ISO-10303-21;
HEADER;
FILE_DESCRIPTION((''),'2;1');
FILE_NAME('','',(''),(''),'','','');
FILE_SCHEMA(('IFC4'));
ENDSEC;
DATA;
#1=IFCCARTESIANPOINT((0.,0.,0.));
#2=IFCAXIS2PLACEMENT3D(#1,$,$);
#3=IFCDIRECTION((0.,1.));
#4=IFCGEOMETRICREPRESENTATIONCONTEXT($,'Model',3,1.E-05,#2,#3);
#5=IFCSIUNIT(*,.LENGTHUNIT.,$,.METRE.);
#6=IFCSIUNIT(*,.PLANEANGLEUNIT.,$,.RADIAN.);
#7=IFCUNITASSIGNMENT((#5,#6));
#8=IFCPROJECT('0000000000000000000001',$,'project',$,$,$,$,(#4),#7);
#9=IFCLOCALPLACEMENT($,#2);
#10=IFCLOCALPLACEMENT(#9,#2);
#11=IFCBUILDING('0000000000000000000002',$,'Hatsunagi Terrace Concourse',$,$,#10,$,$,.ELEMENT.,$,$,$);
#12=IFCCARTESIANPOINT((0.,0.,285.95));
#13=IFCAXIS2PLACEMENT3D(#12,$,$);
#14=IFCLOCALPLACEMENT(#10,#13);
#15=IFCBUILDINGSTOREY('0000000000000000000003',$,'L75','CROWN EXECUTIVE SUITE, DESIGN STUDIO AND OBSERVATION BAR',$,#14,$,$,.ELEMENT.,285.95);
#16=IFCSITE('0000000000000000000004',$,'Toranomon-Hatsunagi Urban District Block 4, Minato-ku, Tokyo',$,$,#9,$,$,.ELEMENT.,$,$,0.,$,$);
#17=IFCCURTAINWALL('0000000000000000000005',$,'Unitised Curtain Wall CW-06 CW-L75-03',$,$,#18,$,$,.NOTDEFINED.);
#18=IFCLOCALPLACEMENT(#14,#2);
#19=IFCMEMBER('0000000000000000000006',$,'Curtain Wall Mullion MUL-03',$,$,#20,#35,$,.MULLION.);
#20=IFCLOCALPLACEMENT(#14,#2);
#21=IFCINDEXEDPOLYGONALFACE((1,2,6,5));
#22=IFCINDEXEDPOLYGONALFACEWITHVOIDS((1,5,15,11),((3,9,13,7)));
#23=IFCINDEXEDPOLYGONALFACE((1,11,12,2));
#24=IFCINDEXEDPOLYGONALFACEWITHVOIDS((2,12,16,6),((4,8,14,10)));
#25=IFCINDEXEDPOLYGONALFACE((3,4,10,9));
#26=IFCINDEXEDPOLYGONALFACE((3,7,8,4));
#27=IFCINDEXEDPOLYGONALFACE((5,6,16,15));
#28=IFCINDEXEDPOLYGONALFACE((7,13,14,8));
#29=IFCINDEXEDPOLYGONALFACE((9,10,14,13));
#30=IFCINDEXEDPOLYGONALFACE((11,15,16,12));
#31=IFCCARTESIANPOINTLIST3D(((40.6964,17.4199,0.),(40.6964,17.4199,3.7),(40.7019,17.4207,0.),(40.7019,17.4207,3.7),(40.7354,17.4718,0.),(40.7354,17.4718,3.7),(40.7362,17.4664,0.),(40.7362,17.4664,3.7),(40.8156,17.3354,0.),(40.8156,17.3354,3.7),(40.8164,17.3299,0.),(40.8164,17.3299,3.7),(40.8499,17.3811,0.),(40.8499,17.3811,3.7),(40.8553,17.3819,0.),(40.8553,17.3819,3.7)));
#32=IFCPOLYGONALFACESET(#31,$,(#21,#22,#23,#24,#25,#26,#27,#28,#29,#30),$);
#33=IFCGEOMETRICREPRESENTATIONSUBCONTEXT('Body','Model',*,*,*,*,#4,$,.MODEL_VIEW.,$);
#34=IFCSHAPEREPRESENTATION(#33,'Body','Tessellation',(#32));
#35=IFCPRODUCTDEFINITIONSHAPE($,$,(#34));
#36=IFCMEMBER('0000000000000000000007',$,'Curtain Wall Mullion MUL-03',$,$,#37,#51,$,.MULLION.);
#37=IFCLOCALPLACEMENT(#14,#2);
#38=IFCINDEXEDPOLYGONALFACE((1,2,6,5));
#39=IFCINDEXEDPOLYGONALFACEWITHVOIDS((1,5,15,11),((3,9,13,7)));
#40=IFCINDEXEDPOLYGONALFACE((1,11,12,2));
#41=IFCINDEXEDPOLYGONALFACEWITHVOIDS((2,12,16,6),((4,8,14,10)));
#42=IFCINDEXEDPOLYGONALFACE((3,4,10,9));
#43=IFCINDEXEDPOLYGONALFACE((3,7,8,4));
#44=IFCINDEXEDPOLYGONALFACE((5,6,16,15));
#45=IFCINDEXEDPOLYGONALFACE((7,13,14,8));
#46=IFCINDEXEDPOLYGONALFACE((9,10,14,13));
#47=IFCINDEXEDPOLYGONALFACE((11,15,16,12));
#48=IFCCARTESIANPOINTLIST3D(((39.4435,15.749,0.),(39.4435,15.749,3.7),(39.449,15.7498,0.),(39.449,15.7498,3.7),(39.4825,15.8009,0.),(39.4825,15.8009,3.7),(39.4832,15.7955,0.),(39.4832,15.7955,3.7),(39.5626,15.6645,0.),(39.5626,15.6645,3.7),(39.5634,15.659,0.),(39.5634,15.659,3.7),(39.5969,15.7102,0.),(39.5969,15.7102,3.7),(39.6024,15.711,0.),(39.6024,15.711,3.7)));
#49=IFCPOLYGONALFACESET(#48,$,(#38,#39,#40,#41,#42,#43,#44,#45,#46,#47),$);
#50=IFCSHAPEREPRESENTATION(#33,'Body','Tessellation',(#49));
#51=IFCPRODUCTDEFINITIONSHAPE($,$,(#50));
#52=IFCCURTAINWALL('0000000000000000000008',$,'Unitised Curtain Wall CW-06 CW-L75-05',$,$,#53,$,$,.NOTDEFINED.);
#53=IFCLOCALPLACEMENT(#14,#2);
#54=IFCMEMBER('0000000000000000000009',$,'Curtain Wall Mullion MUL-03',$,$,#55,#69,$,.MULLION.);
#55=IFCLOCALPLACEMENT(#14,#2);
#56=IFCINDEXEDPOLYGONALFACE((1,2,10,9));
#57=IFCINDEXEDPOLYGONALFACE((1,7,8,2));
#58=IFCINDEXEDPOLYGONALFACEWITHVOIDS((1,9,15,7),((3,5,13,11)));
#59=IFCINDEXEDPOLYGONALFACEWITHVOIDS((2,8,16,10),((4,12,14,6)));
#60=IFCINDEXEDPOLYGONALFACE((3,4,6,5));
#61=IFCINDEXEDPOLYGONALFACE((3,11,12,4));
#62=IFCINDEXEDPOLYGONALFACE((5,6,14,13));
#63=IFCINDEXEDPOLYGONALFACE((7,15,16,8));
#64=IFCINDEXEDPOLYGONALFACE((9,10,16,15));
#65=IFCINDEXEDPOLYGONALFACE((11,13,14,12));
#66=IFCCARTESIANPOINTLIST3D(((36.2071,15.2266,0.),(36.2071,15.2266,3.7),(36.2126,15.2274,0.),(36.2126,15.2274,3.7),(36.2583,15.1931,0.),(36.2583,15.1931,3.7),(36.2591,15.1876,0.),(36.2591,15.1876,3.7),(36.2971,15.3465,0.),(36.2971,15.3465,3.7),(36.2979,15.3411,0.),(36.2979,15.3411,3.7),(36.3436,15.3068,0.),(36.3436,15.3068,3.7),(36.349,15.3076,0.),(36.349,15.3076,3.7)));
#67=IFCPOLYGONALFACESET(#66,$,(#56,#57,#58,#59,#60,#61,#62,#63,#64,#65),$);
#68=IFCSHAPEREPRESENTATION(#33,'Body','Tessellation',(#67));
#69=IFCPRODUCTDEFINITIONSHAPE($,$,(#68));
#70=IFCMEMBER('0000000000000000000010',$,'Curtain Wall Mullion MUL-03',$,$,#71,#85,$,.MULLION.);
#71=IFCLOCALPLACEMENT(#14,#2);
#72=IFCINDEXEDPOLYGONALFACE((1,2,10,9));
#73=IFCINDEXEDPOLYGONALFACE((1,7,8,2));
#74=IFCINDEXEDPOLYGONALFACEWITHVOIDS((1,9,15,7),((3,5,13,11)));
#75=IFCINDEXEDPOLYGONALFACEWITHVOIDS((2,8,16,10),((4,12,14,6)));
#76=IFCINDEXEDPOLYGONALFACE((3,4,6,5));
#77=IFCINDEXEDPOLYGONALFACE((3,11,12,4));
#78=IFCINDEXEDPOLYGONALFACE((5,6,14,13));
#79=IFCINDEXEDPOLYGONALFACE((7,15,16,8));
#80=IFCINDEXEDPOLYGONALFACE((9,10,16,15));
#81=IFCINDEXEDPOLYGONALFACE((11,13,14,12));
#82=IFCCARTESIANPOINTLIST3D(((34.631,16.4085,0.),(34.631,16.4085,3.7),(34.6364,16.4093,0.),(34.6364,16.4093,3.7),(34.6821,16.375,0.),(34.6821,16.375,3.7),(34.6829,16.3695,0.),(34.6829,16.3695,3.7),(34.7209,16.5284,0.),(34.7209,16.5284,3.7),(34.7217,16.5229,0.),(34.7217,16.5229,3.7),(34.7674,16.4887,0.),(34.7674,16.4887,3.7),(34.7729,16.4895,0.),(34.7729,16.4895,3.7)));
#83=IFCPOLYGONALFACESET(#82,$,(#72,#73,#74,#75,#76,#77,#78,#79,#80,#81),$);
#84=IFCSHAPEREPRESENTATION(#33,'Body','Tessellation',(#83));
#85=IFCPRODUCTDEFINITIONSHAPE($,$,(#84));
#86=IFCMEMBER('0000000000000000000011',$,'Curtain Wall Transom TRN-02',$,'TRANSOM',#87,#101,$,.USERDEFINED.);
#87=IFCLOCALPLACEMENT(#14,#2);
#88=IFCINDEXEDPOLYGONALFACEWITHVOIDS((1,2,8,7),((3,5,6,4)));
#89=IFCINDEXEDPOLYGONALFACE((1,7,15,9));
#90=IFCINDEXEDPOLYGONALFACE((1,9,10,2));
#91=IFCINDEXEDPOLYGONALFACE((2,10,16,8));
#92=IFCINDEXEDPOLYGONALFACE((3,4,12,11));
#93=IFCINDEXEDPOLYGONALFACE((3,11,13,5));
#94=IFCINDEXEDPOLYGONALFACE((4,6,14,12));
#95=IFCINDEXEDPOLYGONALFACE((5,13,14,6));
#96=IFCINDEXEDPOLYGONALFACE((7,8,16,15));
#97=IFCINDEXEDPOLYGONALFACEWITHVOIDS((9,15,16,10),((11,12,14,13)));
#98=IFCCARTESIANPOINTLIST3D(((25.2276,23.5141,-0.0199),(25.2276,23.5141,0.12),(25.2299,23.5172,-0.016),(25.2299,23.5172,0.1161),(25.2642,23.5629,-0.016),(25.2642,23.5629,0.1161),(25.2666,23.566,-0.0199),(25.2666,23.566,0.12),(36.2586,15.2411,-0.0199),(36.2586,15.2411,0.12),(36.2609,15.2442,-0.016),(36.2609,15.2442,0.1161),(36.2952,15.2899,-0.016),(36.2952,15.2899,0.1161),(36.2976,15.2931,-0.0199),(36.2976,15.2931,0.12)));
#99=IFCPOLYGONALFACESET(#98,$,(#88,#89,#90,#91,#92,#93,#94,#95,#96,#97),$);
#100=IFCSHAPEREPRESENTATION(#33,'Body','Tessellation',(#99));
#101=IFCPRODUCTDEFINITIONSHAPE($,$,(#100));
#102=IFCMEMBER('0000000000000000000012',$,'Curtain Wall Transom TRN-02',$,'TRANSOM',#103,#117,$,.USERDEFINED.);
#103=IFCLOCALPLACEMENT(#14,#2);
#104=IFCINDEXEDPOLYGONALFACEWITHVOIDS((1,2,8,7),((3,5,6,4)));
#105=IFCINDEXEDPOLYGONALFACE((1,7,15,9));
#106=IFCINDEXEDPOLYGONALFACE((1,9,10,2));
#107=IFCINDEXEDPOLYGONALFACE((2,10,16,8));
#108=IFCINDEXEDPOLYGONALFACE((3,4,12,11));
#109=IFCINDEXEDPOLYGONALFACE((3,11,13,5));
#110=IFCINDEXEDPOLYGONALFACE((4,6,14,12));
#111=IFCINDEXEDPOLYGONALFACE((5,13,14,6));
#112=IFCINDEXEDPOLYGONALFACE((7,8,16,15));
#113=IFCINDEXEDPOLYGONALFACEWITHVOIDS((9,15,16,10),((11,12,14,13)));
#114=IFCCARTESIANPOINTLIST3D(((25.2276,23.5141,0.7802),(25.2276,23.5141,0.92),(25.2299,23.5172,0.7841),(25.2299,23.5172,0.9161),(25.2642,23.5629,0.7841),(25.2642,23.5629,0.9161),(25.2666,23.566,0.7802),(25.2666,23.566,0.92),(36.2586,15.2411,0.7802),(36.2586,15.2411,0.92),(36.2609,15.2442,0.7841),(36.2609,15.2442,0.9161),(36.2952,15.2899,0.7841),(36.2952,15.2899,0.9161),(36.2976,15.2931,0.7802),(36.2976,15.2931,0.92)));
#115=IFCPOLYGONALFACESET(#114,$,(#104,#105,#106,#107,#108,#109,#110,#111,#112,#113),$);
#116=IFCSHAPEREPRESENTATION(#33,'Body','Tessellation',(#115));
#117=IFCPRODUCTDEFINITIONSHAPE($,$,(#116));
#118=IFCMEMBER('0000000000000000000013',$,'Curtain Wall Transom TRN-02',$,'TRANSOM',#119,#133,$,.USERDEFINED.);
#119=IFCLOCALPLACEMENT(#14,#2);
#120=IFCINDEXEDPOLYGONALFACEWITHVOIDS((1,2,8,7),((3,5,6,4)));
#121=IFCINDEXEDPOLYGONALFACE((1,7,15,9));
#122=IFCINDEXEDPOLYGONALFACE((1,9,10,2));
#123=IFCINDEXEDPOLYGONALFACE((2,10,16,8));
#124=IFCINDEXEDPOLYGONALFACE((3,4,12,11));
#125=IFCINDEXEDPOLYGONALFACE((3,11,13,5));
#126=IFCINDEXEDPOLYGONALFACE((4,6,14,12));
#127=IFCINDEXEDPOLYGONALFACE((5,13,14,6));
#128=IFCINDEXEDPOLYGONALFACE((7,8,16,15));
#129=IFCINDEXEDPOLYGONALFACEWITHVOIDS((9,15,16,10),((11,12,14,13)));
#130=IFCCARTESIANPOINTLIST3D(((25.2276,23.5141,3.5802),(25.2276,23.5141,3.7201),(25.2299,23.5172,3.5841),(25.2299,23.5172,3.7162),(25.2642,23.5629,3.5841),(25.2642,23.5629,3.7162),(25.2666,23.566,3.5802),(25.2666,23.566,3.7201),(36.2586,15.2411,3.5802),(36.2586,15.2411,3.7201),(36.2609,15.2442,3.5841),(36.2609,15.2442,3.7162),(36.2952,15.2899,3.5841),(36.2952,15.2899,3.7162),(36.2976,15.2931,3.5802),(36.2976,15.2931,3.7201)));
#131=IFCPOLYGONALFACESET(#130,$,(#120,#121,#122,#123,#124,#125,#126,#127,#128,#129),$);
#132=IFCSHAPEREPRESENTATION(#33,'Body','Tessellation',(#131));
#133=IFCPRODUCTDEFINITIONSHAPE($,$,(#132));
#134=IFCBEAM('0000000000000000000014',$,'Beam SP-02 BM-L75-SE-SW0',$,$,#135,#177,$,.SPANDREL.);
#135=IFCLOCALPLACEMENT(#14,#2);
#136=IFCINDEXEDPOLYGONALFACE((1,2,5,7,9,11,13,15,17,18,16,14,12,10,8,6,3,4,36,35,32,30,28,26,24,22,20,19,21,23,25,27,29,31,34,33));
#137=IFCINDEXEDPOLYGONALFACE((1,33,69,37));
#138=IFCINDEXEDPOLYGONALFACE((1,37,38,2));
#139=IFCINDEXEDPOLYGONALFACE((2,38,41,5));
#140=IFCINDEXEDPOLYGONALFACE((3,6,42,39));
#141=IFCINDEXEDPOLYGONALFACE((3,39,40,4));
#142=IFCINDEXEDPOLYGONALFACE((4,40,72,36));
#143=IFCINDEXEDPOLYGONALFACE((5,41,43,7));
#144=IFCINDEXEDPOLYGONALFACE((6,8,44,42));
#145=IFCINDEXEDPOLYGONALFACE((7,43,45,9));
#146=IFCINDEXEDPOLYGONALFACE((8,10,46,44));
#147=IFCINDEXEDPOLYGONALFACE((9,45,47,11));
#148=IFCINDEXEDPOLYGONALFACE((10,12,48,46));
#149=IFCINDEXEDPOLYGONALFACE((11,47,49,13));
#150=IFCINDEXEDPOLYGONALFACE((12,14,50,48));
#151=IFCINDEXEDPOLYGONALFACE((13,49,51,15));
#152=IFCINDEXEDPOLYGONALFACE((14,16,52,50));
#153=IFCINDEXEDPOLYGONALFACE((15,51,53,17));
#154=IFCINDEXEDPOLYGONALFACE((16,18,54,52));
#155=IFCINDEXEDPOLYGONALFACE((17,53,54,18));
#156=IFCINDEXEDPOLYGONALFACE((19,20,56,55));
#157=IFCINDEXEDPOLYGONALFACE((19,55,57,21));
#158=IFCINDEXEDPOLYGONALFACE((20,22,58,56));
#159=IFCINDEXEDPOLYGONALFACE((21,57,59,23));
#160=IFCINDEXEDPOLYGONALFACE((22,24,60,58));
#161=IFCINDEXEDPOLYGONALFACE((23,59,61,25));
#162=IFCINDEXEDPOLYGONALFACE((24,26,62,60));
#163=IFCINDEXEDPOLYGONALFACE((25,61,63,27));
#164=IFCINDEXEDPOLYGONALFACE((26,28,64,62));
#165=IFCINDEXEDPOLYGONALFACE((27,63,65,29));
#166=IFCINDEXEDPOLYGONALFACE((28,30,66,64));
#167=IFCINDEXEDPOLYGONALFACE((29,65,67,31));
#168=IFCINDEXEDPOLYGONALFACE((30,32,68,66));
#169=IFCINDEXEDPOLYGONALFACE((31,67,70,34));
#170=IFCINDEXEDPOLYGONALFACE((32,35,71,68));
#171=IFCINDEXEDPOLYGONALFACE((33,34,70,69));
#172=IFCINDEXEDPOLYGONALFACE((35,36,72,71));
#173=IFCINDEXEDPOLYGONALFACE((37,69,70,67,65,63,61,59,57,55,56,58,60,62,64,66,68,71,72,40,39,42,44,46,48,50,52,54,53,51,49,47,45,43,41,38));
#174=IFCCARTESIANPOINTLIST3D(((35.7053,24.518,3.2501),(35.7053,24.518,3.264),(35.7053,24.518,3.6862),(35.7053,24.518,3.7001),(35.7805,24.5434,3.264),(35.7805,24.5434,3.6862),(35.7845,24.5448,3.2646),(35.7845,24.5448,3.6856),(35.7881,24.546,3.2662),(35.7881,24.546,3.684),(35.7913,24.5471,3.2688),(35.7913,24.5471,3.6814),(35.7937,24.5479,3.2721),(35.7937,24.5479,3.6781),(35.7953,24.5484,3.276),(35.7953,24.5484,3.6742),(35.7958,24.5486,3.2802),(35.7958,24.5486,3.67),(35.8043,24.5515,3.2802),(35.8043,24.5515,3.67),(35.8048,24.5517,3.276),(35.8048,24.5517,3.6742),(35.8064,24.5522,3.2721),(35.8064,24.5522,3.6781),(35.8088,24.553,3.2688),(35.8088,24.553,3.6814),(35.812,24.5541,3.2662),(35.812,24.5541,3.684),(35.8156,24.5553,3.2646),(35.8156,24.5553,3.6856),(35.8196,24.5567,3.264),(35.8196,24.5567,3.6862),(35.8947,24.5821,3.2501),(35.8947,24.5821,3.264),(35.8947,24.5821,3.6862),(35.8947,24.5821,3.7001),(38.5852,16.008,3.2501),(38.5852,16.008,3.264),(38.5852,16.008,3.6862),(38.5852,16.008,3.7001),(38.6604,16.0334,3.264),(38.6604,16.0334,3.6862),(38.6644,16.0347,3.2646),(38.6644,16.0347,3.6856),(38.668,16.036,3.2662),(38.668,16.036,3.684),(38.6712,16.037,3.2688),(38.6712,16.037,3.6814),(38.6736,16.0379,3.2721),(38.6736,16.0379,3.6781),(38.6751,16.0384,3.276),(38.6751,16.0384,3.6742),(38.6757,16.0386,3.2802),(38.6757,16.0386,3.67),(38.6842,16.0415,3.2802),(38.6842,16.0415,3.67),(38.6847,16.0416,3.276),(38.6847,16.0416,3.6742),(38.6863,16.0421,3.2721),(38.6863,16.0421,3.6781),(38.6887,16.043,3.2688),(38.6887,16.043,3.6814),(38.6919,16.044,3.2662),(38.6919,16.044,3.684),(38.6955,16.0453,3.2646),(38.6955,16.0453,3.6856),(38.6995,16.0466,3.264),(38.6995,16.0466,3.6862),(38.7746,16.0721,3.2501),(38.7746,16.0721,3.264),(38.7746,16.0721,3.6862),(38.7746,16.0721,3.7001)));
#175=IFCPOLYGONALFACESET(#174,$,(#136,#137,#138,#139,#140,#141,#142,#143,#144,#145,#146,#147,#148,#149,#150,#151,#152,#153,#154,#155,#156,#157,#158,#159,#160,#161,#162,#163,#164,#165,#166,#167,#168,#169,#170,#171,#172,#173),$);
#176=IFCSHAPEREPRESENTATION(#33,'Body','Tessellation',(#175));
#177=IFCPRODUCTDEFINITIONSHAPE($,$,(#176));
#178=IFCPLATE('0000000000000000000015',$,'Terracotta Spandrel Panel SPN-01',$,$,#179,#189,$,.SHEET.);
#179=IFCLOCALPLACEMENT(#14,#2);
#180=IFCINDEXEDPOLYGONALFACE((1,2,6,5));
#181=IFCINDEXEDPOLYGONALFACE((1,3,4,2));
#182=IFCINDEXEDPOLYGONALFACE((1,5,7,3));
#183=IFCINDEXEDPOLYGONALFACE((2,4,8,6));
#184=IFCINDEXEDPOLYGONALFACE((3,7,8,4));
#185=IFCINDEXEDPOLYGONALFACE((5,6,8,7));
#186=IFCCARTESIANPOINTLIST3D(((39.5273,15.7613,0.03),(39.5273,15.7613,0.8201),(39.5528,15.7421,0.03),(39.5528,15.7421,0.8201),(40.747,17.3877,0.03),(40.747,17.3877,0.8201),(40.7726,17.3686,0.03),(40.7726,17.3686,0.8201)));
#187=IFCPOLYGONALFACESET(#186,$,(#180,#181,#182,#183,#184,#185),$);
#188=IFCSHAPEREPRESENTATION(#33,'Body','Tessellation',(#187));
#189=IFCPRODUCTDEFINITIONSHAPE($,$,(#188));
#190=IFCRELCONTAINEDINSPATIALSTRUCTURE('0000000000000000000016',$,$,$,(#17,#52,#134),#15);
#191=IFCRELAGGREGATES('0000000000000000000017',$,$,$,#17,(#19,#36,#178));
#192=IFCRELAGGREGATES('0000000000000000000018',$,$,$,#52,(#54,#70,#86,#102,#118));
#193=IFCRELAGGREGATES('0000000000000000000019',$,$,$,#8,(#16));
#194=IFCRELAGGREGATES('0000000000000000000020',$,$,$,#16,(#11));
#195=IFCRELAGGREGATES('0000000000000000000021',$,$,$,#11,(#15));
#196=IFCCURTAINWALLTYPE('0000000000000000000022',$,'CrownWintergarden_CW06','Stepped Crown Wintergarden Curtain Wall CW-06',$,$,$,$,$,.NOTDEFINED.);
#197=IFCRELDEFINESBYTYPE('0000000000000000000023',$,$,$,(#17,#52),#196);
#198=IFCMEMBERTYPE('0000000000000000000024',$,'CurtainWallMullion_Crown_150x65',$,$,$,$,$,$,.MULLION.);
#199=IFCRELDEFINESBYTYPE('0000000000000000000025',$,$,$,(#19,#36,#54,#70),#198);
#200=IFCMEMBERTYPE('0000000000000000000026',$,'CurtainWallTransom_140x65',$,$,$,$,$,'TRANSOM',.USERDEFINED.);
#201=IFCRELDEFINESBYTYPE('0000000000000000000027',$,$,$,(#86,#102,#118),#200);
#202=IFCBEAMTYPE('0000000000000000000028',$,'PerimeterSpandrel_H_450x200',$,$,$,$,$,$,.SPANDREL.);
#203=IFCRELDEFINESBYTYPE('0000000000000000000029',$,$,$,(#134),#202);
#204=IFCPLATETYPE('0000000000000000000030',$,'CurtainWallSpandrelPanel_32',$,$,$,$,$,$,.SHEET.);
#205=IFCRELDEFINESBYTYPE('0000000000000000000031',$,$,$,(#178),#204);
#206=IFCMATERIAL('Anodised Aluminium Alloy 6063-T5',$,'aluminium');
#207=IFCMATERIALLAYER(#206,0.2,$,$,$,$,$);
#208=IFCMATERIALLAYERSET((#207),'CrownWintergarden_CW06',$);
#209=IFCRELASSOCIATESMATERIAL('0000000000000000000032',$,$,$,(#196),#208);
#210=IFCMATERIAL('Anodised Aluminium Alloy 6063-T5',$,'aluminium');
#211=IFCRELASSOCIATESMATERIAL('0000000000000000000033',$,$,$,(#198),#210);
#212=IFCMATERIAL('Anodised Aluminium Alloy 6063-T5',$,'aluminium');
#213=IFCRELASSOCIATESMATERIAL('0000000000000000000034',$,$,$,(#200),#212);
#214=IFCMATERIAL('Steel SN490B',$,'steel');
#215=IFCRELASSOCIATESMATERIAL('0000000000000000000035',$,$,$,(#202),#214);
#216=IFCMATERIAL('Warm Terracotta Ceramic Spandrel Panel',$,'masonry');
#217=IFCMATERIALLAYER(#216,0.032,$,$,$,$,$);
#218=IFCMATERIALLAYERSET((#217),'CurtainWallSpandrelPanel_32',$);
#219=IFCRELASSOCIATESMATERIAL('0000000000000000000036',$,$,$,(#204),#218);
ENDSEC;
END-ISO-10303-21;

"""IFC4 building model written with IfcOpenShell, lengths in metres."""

from ifc_helpers import new_model, si_unit, direction, frame, origin, origin_2d, place, context, subcontext, project, spatial, rectangle, hollow_rectangle, i_section, extrude, material, layer, layer_set, material_profile, profile_set, type_object, element, aggregate, save


model = new_model("IFC4")

# Units and contexts
model_context = context("Model", 3, precision=1e-05, world=origin(), true_north=direction((0.0, 1.0)))
body_context = subcontext(model_context, "Body", "Model", "MODEL_VIEW")
ifc_project = project(units=[si_unit("LENGTHUNIT", "METRE"), si_unit("PLANEANGLEUNIT", "RADIAN")], contexts=[model_context])

# Site, building, storey
site_placement = place(None, origin())
site = spatial("IfcSite", under=ifc_project, at=site_placement, Name="Toranomon-Hatsunagi Urban District Block 4, Minato-ku, Tokyo", CompositionType="ELEMENT", RefElevation=0.0)
building_placement = place(site_placement, origin())
building = spatial("IfcBuilding", under=site, at=building_placement, Name="Hatsunagi Terrace Concourse", CompositionType="ELEMENT")
storey_placement = place(building_placement, frame((0.0, 0.0, 285.95)))
storey = spatial("IfcBuildingStorey", under=building, at=storey_placement, Name="L75", Description="CROWN EXECUTIVE SUITE, DESIGN STUDIO AND OBSERVATION BAR", CompositionType="ELEMENT", Elevation=285.95)

# Curtain walls, members
ifc_material_1 = material(Name="Anodised Aluminium Alloy 6063-T5", Category="aluminium")
ifc_layer_1 = layer(ifc_material_1, 0.2)
ifc_layer_set_1 = layer_set([ifc_layer_1], Name="CrownWintergarden_CW06")
curtain_wall_type = type_object("IfcCurtainWallType", Name="CrownWintergarden_CW06", Description="Stepped Crown Wintergarden Curtain Wall CW-06", PredefinedType="NOTDEFINED", material=ifc_layer_set_1)
curtain_wall_1_placement = place(storey_placement, origin())
curtain_wall_1 = element("IfcCurtainWall", 1, at=curtain_wall_1_placement, inside=storey, type_object=curtain_wall_type, Name="Unitised Curtain Wall CW-06 CW-L75-03", PredefinedType="NOTDEFINED")
ifc_material_2 = material(Name="Anodised Aluminium Alloy 6063-T5", Category="aluminium")
ifc_material_profile_1 = material_profile(ifc_material_2, hollow_rectangle(XDim=0.0649, YDim=0.1499, WallThickness=0.0039, at=origin_2d()), Name="ALU-MUL-150x65x4")
ifc_profile_set_1 = profile_set([ifc_material_profile_1], Name="Anodised Aluminium Alloy 6063-T5")
member_type_1 = type_object("IfcMemberType", Name="CurtainWallMullion_Crown_150x65", PredefinedType="MULLION", material=ifc_profile_set_1)
member_1_placement = place(storey_placement, frame((40.7759, 17.4009, 0.0), z_axis=(0.0, 0.0, 1.0), x_axis=(-0.599969, -0.800023, 0.0)))
member_1 = element("IfcMember", 2, at=member_1_placement, type_object=member_type_1, Name="Curtain Wall Mullion MUL-03", PredefinedType="MULLION", context=body_context, shape_type="SweptSolid", body=[
    extrude(hollow_rectangle(XDim=0.0649, YDim=0.1499, WallThickness=0.0039, at=origin_2d()), origin(), (0.0, 0.0, 1.0), 3.7),
])
member_2_placement = place(storey_placement, frame((39.5229, 15.73, 0.0), z_axis=(0.0, 0.0, 1.0), x_axis=(-0.599969, -0.800023, 0.0)))
member_2 = element("IfcMember", 3, at=member_2_placement, type_object=member_type_1, Name="Curtain Wall Mullion MUL-03", PredefinedType="MULLION", context=body_context, shape_type="SweptSolid", body=[
    extrude(hollow_rectangle(XDim=0.0649, YDim=0.1499, WallThickness=0.0039, at=origin_2d()), origin(), (0.0, 0.0, 1.0), 3.7),
])
curtain_wall_2_placement = place(storey_placement, origin())
curtain_wall_2 = element("IfcCurtainWall", 4, at=curtain_wall_2_placement, inside=storey, type_object=curtain_wall_type, Name="Unitised Curtain Wall CW-06 CW-L75-05", PredefinedType="NOTDEFINED")
member_3_placement = place(storey_placement, frame((36.2781, 15.2671, 0.0), z_axis=(0.0, 0.0, 1.0), x_axis=(-0.800008, 0.599989, 0.0)))
member_3 = element("IfcMember", 5, at=member_3_placement, type_object=member_type_1, Name="Curtain Wall Mullion MUL-03", PredefinedType="MULLION", context=body_context, shape_type="SweptSolid", body=[
    extrude(hollow_rectangle(XDim=0.0649, YDim=0.1499, WallThickness=0.0039, at=origin_2d()), origin(), (0.0, 0.0, 1.0), 3.7),
])
member_4_placement = place(storey_placement, frame((34.7019, 16.449, 0.0), z_axis=(0.0, 0.0, 1.0), x_axis=(-0.800008, 0.599989, 0.0)))
member_4 = element("IfcMember", 6, at=member_4_placement, type_object=member_type_1, Name="Curtain Wall Mullion MUL-03", PredefinedType="MULLION", context=body_context, shape_type="SweptSolid", body=[
    extrude(hollow_rectangle(XDim=0.0649, YDim=0.1499, WallThickness=0.0039, at=origin_2d()), origin(), (0.0, 0.0, 1.0), 3.7),
])
ifc_material_3 = material(Name="Anodised Aluminium Alloy 6063-T5", Category="aluminium")
ifc_material_profile_2 = material_profile(ifc_material_3, hollow_rectangle(XDim=0.0649, YDim=0.1399, WallThickness=0.0039, at=origin_2d()), Name="ALU-TRN-140x65x4")
ifc_profile_set_2 = profile_set([ifc_material_profile_2], Name="Anodised Aluminium Alloy 6063-T5")
member_type_2 = type_object("IfcMemberType", Name="CurtainWallTransom_140x65", ElementType="TRANSOM", PredefinedType="USERDEFINED", material=ifc_profile_set_2)
member_5_placement = place(storey_placement, frame((36.2781, 15.2671, 0.05), z_axis=(-0.800011, 0.599986, 0.0), x_axis=(-0.599986, -0.800011, 0.0)))
member_5 = element("IfcMember", 7, at=member_5_placement, type_object=member_type_2, Name="Curtain Wall Transom TRN-02", ObjectType="TRANSOM", PredefinedType="USERDEFINED", context=body_context, shape_type="SweptSolid", body=[
    extrude(hollow_rectangle(XDim=0.0649, YDim=0.1399, WallThickness=0.0039, at=origin_2d()), origin(), (0.0, 0.0, 1.0), 13.7886),
])
member_6_placement = place(storey_placement, frame((36.2781, 15.2671, 0.8501), z_axis=(-0.800011, 0.599986, 0.0), x_axis=(-0.599986, -0.800011, 0.0)))
member_6 = element("IfcMember", 8, at=member_6_placement, type_object=member_type_2, Name="Curtain Wall Transom TRN-02", ObjectType="TRANSOM", PredefinedType="USERDEFINED", context=body_context, shape_type="SweptSolid", body=[
    extrude(hollow_rectangle(XDim=0.0649, YDim=0.1399, WallThickness=0.0039, at=origin_2d()), origin(), (0.0, 0.0, 1.0), 13.7886),
])
member_7_placement = place(storey_placement, frame((36.2781, 15.2671, 3.6501), z_axis=(-0.800011, 0.599986, 0.0), x_axis=(-0.599986, -0.800011, 0.0)))
member_7 = element("IfcMember", 9, at=member_7_placement, type_object=member_type_2, Name="Curtain Wall Transom TRN-02", ObjectType="TRANSOM", PredefinedType="USERDEFINED", context=body_context, shape_type="SweptSolid", body=[
    extrude(hollow_rectangle(XDim=0.0649, YDim=0.1399, WallThickness=0.0039, at=origin_2d()), origin(), (0.0, 0.0, 1.0), 13.7886),
])

# Beam
ifc_material_4 = material(Name="Steel SN490B", Category="steel")
ifc_material_profile_3 = material_profile(ifc_material_4, i_section(OverallWidth=0.2, OverallDepth=0.45, WebThickness=0.009, FlangeThickness=0.0139, FilletRadius=0.0161, at=origin_2d()), Name="H-450x200x9x14")
ifc_profile_set_3 = profile_set([ifc_material_profile_3], Name="Steel SN490B")
beam_type_1 = type_object("IfcBeamType", Name="PerimeterSpandrel_H_450x200", PredefinedType="SPANDREL", material=ifc_profile_set_3)
beam_1_placement = place(storey_placement, frame((35.8, 24.55, 3.4751), z_axis=(0.320553, -0.94723, 0.0), x_axis=(0.94723, 0.320553, 0.0)))
element("IfcBeam", 10, at=beam_1_placement, inside=storey, type_object=beam_type_1, Name="Beam SP-02 BM-L75-SE-SW0", PredefinedType="SPANDREL", context=body_context, shape_type="SweptSolid", body=[
    extrude(i_section(OverallWidth=0.2, OverallDepth=0.45, WebThickness=0.009, FlangeThickness=0.0139, FilletRadius=0.0161, at=origin_2d()), origin(), (0.0, 0.0, 1.0), 8.9841),
])

# Plate
ifc_material_5 = material(Name="Warm Terracotta Ceramic Spandrel Panel", Category="masonry")
ifc_layer_2 = layer(ifc_material_5, 0.032)
ifc_layer_set_2 = layer_set([ifc_layer_2], Name="CurtainWallSpandrelPanel_32")
plate_type_1 = type_object("IfcPlateType", Name="CurtainWallSpandrelPanel_32", PredefinedType="SHEET", material=ifc_layer_set_2)
plate_1_placement = place(storey_placement, frame((40.1499, 16.5649, 0.03), z_axis=(0.0, 0.0, 1.0), x_axis=(-0.599969, -0.800023, 0.0)))
plate_1 = element("IfcPlate", 11, at=plate_1_placement, type_object=plate_type_1, Name="Terracotta Spandrel Panel SPN-01", PredefinedType="SHEET", context=body_context, shape_type="SweptSolid", body=[
    extrude(rectangle(XDim=2.033, YDim=0.032, at=origin_2d()), origin(), (0.0, 0.0, 1.0), 0.79),
])
aggregate(curtain_wall_1, [member_1, member_2, plate_1])
aggregate(curtain_wall_2, [member_3, member_4, member_5, member_6, member_7])

save(model, "model.ifc")
